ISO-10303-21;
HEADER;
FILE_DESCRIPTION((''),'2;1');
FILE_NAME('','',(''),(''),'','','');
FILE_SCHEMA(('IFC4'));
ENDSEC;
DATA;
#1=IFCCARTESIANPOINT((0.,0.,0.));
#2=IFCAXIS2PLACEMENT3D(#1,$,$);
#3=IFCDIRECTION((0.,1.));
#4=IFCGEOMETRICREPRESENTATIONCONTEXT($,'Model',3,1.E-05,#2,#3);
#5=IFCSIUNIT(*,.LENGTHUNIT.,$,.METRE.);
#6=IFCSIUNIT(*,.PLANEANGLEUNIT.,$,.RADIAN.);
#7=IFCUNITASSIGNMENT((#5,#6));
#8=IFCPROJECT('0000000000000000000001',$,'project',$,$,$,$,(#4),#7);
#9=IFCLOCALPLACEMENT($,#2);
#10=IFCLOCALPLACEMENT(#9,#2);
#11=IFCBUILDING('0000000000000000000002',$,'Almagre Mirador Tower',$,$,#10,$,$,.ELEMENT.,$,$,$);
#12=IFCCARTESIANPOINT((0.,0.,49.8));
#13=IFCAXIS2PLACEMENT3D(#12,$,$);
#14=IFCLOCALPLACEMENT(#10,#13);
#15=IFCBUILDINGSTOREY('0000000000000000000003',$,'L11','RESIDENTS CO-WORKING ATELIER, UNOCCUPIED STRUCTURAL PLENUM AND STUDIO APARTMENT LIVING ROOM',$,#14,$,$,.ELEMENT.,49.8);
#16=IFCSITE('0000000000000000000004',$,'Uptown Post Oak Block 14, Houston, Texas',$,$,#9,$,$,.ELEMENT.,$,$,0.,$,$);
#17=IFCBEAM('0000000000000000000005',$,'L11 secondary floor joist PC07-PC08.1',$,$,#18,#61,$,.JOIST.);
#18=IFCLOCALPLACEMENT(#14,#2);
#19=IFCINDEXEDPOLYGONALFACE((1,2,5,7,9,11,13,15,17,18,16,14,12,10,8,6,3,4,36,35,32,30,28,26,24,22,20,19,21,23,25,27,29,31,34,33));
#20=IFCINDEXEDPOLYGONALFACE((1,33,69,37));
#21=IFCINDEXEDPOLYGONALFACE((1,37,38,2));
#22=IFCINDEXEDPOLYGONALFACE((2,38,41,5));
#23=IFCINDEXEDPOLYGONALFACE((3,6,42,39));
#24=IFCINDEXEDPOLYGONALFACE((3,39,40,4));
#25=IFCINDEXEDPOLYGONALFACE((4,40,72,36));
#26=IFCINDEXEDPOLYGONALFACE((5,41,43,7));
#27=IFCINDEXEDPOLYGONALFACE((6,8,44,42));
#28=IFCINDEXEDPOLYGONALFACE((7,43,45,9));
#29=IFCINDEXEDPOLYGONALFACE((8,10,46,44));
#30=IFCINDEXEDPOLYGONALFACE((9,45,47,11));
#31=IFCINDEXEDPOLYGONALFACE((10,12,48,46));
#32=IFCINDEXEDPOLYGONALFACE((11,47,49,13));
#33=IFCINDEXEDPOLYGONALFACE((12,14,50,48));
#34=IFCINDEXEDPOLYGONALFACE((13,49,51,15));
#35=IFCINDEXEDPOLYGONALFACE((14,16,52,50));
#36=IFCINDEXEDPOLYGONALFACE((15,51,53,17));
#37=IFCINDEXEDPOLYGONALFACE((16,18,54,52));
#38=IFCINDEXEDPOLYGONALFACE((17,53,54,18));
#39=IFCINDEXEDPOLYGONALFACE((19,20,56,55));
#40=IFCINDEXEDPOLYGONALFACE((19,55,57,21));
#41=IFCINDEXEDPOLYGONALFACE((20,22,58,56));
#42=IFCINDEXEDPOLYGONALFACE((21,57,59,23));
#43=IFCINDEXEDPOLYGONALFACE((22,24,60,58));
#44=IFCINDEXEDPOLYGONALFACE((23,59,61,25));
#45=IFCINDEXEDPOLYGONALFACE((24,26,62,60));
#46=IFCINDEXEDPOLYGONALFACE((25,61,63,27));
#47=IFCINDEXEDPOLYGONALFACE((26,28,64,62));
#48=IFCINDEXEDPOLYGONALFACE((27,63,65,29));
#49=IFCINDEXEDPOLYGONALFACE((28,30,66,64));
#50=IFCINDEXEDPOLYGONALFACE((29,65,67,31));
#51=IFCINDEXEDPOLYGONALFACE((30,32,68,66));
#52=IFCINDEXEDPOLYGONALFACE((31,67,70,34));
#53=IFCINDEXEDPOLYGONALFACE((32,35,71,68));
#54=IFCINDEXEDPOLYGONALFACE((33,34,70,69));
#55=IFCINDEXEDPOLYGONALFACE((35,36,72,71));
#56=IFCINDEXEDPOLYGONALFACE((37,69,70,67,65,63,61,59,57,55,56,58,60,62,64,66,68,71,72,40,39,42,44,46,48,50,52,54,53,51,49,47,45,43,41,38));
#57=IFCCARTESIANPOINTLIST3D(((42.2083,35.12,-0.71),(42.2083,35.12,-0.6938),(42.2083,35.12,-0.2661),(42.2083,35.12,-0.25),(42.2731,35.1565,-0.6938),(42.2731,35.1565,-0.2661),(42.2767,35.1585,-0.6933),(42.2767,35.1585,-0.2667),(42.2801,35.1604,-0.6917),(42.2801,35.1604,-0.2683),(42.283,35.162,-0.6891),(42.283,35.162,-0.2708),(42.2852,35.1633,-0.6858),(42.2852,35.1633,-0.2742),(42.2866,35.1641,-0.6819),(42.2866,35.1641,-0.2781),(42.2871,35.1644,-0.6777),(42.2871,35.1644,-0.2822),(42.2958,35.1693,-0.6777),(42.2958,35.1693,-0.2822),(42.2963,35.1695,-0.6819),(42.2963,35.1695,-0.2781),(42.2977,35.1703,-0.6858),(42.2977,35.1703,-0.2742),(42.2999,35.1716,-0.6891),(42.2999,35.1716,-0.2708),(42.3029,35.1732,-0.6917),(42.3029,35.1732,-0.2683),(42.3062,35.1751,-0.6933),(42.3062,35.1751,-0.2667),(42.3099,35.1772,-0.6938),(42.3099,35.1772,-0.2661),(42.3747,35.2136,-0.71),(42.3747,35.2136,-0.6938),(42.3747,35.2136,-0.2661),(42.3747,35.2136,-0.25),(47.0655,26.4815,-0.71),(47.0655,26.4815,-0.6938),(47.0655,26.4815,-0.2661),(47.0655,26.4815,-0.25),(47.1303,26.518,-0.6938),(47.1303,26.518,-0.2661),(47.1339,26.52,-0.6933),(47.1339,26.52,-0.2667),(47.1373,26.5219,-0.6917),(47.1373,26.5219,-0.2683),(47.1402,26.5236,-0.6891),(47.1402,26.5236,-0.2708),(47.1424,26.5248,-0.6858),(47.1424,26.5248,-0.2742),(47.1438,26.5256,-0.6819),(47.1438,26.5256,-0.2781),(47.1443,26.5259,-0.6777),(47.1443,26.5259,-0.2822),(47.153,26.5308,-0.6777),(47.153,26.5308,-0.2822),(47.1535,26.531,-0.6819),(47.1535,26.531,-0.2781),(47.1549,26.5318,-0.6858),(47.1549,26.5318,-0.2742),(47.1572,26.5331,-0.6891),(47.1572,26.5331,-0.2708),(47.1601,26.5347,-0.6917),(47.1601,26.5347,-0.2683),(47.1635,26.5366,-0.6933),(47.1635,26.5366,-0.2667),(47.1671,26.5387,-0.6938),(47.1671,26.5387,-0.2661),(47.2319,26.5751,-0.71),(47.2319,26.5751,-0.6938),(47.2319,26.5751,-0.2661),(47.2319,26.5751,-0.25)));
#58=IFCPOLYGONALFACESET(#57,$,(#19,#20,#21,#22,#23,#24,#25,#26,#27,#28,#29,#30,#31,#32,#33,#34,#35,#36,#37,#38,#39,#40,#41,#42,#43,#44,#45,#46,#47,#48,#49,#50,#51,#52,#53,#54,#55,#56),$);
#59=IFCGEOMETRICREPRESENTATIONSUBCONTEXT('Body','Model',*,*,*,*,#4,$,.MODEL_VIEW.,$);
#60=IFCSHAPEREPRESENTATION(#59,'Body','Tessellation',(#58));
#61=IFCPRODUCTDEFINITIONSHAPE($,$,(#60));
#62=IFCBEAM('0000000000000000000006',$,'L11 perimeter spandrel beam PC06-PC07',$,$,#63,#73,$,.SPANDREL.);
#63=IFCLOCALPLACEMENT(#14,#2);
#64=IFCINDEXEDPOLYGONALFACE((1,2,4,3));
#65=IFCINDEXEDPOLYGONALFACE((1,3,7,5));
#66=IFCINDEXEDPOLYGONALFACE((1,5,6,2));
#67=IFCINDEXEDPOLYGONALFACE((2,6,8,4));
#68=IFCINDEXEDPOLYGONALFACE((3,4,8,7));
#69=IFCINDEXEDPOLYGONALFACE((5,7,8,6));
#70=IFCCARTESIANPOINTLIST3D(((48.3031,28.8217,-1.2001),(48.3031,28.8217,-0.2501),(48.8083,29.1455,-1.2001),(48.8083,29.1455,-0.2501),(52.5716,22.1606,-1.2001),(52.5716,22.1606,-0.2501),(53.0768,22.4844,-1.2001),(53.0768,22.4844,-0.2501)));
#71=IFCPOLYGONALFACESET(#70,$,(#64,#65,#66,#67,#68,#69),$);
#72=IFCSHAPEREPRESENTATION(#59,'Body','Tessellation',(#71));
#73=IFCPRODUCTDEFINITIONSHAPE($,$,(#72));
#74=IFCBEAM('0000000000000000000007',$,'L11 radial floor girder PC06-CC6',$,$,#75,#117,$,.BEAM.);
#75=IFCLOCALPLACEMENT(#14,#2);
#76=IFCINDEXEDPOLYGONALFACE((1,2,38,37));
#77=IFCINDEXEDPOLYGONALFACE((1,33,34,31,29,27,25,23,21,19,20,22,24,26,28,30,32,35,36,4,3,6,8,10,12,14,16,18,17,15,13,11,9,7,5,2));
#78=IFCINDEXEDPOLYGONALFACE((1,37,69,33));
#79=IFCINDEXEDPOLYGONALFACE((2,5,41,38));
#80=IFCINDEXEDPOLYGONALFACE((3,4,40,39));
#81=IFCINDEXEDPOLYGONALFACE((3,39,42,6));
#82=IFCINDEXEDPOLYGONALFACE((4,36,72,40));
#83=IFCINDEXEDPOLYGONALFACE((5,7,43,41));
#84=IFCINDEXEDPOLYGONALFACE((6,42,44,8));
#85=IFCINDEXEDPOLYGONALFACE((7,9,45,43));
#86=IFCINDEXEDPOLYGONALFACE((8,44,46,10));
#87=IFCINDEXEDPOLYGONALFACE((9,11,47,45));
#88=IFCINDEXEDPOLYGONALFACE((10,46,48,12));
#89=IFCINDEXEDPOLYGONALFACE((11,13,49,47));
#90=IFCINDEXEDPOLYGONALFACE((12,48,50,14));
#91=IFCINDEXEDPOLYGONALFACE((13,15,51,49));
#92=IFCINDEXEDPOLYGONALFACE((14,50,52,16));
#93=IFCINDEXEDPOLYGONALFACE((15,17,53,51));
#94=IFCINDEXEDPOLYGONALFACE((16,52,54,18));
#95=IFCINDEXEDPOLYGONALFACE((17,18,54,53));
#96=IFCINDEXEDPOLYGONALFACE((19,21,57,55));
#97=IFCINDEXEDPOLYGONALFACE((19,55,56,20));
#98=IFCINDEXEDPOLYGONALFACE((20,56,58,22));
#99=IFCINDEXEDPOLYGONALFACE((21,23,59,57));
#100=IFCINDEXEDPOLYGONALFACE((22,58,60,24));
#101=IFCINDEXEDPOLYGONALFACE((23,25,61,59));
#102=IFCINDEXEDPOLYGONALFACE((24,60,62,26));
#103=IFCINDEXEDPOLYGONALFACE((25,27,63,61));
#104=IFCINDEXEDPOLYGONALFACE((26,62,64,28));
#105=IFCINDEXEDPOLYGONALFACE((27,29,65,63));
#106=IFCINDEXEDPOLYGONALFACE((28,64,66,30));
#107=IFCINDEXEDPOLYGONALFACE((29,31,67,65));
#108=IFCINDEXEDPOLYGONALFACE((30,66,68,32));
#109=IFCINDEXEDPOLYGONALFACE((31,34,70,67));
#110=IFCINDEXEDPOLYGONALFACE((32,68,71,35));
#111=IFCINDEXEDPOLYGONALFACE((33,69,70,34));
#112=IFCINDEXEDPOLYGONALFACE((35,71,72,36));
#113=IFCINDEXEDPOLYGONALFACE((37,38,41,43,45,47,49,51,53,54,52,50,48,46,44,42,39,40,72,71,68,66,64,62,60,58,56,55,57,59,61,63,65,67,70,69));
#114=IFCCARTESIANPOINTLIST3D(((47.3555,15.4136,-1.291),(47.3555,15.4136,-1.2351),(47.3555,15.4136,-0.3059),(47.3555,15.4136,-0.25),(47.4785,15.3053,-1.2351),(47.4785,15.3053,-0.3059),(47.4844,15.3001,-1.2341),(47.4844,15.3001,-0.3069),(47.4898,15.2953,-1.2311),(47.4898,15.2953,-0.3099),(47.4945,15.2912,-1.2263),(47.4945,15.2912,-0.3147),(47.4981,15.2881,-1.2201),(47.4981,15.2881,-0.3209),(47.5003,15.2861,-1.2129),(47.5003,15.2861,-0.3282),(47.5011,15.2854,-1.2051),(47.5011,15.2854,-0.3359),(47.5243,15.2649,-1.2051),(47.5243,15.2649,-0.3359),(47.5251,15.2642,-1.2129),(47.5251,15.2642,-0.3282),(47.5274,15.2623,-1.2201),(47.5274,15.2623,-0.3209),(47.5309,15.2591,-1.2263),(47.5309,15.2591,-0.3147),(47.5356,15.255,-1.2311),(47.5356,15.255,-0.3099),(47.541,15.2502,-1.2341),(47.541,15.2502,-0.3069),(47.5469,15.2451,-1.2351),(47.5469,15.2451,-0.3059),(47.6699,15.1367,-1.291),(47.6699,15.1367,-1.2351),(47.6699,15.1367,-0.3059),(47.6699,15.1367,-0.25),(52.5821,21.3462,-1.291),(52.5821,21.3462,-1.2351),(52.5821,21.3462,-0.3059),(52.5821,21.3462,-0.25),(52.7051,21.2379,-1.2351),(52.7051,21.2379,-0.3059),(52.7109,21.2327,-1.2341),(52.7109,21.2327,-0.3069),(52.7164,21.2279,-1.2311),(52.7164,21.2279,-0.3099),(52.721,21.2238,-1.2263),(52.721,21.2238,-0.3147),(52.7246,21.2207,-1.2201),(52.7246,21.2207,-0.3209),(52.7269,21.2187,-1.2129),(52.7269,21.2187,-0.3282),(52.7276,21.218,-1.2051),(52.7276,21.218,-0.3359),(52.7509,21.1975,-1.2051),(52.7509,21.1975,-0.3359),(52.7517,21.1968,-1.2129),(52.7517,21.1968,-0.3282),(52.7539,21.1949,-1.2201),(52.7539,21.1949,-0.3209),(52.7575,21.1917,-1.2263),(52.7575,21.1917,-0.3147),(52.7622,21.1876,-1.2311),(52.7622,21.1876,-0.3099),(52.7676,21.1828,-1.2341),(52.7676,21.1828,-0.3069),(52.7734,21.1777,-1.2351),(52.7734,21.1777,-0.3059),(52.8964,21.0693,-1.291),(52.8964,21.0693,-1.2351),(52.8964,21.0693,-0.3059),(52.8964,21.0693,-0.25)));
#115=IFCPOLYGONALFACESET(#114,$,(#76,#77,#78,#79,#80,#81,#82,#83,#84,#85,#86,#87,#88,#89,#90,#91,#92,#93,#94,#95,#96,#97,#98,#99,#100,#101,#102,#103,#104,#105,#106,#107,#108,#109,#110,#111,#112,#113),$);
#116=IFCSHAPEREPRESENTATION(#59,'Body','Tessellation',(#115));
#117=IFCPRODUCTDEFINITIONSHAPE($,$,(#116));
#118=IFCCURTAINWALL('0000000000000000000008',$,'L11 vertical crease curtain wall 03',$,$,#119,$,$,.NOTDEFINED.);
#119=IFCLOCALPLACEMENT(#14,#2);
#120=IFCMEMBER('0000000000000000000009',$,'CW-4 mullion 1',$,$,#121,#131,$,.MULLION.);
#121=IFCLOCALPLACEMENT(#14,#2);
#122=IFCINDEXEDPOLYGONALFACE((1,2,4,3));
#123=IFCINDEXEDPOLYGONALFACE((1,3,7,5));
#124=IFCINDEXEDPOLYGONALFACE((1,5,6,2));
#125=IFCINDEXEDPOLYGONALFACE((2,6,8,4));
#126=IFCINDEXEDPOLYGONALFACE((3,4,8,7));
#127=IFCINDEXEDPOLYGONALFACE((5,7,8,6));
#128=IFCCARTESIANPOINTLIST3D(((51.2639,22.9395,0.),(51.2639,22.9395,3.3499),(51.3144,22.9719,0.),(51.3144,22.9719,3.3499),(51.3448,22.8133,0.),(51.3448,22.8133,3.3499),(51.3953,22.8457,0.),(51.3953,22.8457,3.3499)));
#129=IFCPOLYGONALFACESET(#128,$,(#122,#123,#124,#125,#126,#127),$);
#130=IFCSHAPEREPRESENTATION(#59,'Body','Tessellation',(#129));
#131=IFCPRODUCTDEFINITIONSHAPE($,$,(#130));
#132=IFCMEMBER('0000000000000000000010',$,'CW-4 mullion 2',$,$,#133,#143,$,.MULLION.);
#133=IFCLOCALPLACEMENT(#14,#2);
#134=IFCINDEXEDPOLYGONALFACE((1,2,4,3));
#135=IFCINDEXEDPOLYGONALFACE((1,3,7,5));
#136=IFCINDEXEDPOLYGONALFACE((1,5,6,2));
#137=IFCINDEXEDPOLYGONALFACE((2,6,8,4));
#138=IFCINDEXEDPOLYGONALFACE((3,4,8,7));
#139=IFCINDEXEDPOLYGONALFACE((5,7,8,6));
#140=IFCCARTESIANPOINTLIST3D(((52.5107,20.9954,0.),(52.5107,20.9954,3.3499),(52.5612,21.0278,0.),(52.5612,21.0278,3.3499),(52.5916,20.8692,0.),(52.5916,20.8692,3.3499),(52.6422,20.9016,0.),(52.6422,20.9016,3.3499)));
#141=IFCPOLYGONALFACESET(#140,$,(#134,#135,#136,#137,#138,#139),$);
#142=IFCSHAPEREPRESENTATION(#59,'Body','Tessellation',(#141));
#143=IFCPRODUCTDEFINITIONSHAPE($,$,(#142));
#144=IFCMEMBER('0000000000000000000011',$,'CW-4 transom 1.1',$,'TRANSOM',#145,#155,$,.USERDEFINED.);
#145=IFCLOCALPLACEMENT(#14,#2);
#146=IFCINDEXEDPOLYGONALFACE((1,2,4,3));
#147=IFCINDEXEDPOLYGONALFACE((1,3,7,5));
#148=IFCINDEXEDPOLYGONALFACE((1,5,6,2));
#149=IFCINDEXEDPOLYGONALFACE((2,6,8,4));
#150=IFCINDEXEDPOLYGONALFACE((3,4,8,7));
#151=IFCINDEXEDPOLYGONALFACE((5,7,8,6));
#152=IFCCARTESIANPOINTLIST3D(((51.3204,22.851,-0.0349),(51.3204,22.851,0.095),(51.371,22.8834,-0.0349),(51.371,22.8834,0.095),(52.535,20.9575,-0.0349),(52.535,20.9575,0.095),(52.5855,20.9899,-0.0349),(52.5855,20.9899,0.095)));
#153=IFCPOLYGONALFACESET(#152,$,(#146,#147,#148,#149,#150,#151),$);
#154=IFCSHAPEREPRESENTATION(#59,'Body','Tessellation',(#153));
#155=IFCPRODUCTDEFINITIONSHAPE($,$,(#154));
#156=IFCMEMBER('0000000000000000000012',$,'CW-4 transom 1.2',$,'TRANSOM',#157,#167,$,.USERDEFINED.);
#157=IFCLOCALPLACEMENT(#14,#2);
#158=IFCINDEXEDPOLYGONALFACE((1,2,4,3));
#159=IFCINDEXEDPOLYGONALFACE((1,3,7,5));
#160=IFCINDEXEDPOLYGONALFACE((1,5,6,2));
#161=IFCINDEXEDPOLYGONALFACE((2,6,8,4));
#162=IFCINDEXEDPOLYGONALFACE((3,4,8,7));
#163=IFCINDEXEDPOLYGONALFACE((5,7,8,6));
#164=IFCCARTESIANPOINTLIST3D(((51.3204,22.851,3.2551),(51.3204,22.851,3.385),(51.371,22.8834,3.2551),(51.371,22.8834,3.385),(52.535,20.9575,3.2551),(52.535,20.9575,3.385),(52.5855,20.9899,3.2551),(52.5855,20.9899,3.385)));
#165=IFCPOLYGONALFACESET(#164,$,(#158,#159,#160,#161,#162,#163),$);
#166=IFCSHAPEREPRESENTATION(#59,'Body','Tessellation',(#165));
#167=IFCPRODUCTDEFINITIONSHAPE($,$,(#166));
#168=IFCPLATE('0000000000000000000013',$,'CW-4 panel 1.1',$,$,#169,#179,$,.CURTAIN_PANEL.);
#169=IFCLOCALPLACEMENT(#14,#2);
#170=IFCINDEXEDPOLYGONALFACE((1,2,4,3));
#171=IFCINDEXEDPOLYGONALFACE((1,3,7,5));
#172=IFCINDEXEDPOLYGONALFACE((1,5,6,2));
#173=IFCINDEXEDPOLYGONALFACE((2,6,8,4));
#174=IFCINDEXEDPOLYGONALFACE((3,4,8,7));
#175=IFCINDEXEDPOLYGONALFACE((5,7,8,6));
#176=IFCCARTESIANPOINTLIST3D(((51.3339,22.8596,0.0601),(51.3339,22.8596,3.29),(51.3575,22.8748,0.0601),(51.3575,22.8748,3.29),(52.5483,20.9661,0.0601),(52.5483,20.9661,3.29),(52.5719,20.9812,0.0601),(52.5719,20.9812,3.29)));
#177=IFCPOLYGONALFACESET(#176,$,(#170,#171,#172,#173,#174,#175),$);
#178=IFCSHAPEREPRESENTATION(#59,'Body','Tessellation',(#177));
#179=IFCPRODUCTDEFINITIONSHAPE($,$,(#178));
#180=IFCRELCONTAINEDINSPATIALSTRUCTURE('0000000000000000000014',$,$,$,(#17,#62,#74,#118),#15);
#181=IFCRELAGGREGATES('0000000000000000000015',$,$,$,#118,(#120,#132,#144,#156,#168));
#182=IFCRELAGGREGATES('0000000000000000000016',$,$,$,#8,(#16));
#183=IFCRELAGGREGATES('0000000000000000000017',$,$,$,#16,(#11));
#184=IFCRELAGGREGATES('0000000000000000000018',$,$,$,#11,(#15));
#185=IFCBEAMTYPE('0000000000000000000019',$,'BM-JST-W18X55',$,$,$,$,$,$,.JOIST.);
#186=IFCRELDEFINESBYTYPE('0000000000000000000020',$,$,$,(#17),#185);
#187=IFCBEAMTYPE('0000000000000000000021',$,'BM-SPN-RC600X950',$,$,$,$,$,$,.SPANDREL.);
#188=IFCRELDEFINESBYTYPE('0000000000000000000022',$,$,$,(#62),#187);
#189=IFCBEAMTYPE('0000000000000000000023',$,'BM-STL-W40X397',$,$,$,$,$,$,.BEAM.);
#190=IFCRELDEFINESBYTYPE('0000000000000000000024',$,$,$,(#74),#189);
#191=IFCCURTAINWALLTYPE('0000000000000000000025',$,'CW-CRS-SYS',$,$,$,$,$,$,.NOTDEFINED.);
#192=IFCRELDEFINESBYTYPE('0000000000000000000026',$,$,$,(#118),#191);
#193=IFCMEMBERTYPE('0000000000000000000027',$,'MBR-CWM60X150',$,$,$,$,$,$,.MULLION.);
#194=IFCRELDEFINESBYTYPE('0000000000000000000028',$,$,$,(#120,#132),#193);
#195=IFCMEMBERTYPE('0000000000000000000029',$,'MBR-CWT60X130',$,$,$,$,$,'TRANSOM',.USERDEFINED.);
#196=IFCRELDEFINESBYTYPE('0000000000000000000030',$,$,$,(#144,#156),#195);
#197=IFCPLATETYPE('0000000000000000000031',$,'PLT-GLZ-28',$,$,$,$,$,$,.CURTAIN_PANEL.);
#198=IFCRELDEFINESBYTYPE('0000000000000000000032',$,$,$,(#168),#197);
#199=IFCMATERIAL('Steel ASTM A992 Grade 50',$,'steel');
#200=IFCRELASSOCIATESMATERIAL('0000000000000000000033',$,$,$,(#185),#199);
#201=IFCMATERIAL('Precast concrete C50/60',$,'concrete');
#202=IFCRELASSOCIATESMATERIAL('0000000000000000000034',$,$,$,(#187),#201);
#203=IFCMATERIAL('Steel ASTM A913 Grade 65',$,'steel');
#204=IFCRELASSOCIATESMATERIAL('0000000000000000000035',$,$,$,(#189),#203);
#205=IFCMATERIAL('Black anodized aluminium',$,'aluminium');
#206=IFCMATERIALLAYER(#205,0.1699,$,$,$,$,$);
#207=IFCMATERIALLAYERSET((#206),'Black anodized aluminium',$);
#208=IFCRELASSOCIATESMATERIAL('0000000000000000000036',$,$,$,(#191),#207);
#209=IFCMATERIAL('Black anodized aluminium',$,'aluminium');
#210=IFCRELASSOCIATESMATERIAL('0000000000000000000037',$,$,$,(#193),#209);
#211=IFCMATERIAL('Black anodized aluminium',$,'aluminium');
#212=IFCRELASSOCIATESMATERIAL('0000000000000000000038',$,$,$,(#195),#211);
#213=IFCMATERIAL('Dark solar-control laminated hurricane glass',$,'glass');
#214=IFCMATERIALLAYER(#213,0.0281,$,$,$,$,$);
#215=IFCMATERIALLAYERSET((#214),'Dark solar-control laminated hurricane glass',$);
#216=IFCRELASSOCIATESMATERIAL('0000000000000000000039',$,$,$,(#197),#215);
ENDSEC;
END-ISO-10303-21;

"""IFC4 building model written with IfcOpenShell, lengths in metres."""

from ifc_helpers import new_model, si_unit, direction, frame, origin, origin_2d, place, context, subcontext, project, spatial, rectangle, i_section, extrude, material, layer, layer_set, material_profile, profile_set, type_object, element, aggregate, save


model = new_model("IFC4")

# Units and contexts
model_context = context("Model", 3, precision=1e-05, world=origin(), true_north=direction((0.0, 1.0)))
body_context = subcontext(model_context, "Body", "Model", "MODEL_VIEW")
ifc_project = project(units=[si_unit("LENGTHUNIT", "METRE"), si_unit("PLANEANGLEUNIT", "RADIAN")], contexts=[model_context])

# Site, building, storey
site_placement = place(None, origin())
site = spatial("IfcSite", under=ifc_project, at=site_placement, Name="Uptown Post Oak Block 14, Houston, Texas", CompositionType="ELEMENT", RefElevation=0.0)
building_placement = place(site_placement, origin())
building = spatial("IfcBuilding", under=site, at=building_placement, Name="Almagre Mirador Tower", CompositionType="ELEMENT")
storey_placement = place(building_placement, frame((0.0, 0.0, 49.8)))
storey = spatial("IfcBuildingStorey", under=building, at=storey_placement, Name="L11", Description="RESIDENTS CO-WORKING ATELIER, UNOCCUPIED STRUCTURAL PLENUM AND STUDIO APARTMENT LIVING ROOM", CompositionType="ELEMENT", Elevation=49.8)

# Beams
ifc_material_1 = material(Name="Steel ASTM A992 Grade 50", Category="steel")
ifc_material_profile_1 = material_profile(ifc_material_1, i_section(OverallWidth=0.1909, OverallDepth=0.46, WebThickness=0.01, FlangeThickness=0.0161, FilletRadius=0.0161, at=origin_2d()), Name="W18X55")
ifc_profile_set_1 = profile_set([ifc_material_profile_1], Name="Steel ASTM A992 Grade 50")
beam_type_1 = type_object("IfcBeamType", Name="BM-JST-W18X55", PredefinedType="JOIST", material=ifc_profile_set_1)
beam_1_placement = place(storey_placement, frame((47.1487, 26.5283, -0.48), z_axis=(-0.490113, 0.871659, 0.0), x_axis=(-0.871659, -0.490113, 0.0)))
element("IfcBeam", 1, at=beam_1_placement, inside=storey, type_object=beam_type_1, Name="L11 secondary floor joist PC07-PC08.1", PredefinedType="JOIST", context=body_context, shape_type="SweptSolid", body=[
    extrude(i_section(OverallWidth=0.1909, OverallDepth=0.46, WebThickness=0.01, FlangeThickness=0.0161, FilletRadius=0.0161, at=origin_2d()), origin(), (0.0, 0.0, 1.0), 9.9104),
])
ifc_material_2 = material(Name="Precast concrete C50/60", Category="concrete")
ifc_material_profile_2 = material_profile(ifc_material_2, rectangle(XDim=0.6001, YDim=0.95, at=origin_2d()), Name="RC600X950")
ifc_profile_set_2 = profile_set([ifc_material_profile_2], Name="Precast concrete C50/60")
beam_type_2 = type_object("IfcBeamType", Name="BM-SPN-RC600X950", PredefinedType="SPANDREL", material=ifc_profile_set_2)
beam_2_placement = place(storey_placement, frame((52.8242, 22.3225, -0.7251), z_axis=(-0.53954, 0.84196, 0.0), x_axis=(-0.84196, -0.53954, 0.0)))
element("IfcBeam", 2, at=beam_2_placement, inside=storey, type_object=beam_type_2, Name="L11 perimeter spandrel beam PC06-PC07", PredefinedType="SPANDREL", context=body_context, shape_type="SweptSolid", body=[
    extrude(rectangle(XDim=0.6001, YDim=0.95, at=origin_2d()), origin(), (0.0, 0.0, 1.0), 7.9114),
])
ifc_material_3 = material(Name="Steel ASTM A913 Grade 65", Category="steel")
ifc_material_profile_3 = material_profile(ifc_material_3, i_section(OverallWidth=0.4189, OverallDepth=1.041, WebThickness=0.031, FlangeThickness=0.0559, FilletRadius=0.03, at=origin_2d()), Name="W40X397")
ifc_profile_set_3 = profile_set([ifc_material_profile_3], Name="Steel ASTM A913 Grade 65")
beam_type_3 = type_object("IfcBeamType", Name="BM-STL-W40X397", PredefinedType="BEAM", material=ifc_profile_set_3)
beam_3_placement = place(storey_placement, frame((52.7393, 21.2078, -0.7705), z_axis=(-0.661045, -0.750346, 0.0), x_axis=(0.750346, -0.661045, 0.0)))
element("IfcBeam", 3, at=beam_3_placement, inside=storey, type_object=beam_type_3, Name="L11 radial floor girder PC06-CC6", PredefinedType="BEAM", context=body_context, shape_type="SweptSolid", body=[
    extrude(i_section(OverallWidth=0.4189, OverallDepth=1.041, WebThickness=0.031, FlangeThickness=0.0559, FilletRadius=0.03, at=origin_2d()), origin(), (0.0, 0.0, 1.0), 7.9065),
])

# Curtain wall, members, plate
ifc_material_4 = material(Name="Black anodized aluminium", Category="aluminium")
ifc_layer_1 = layer(ifc_material_4, 0.1699)
ifc_layer_set_1 = layer_set([ifc_layer_1], Name="Black anodized aluminium")
curtain_wall_type = type_object("IfcCurtainWallType", Name="CW-CRS-SYS", PredefinedType="NOTDEFINED", material=ifc_layer_set_1)
curtain_wall_placement = place(storey_placement, origin())
curtain_wall = element("IfcCurtainWall", 4, at=curtain_wall_placement, inside=storey, type_object=curtain_wall_type, Name="L11 vertical crease curtain wall 03", PredefinedType="NOTDEFINED")
ifc_material_5 = material(Name="Black anodized aluminium", Category="aluminium")
ifc_material_profile_4 = material_profile(ifc_material_5, rectangle(XDim=0.0601, YDim=0.1499, at=origin_2d()), Name="CWM60X150")
ifc_profile_set_4 = profile_set([ifc_material_profile_4], Name="Black anodized aluminium")
member_type_1 = type_object("IfcMemberType", Name="MBR-CWM60X150", PredefinedType="MULLION", material=ifc_profile_set_4)
member_1_placement = place(storey_placement, frame((51.3296, 22.8926, 0.0), z_axis=(0.0, 0.0, 1.0), x_axis=(0.841762, 0.539849, 0.0)))
member_1 = element("IfcMember", 5, at=member_1_placement, type_object=member_type_1, Name="CW-4 mullion 1", PredefinedType="MULLION", context=body_context, shape_type="SweptSolid", body=[
    extrude(rectangle(XDim=0.0601, YDim=0.1499, at=origin_2d()), origin(), (0.0, 0.0, 1.0), 3.3499),
])
member_2_placement = place(storey_placement, frame((52.5764, 20.9485, 0.0), z_axis=(0.0, 0.0, 1.0), x_axis=(0.841762, 0.539849, 0.0)))
member_2 = element("IfcMember", 6, at=member_2_placement, type_object=member_type_1, Name="CW-4 mullion 2", PredefinedType="MULLION", context=body_context, shape_type="SweptSolid", body=[
    extrude(rectangle(XDim=0.0601, YDim=0.1499, at=origin_2d()), origin(), (0.0, 0.0, 1.0), 3.3499),
])
ifc_material_6 = material(Name="Black anodized aluminium", Category="aluminium")
ifc_material_profile_5 = material_profile(ifc_material_6, rectangle(XDim=0.0601, YDim=0.1299, at=origin_2d()), Name="CWT60X130")
ifc_profile_set_5 = profile_set([ifc_material_profile_5], Name="Black anodized aluminium")
member_type_2 = type_object("IfcMemberType", Name="MBR-CWT60X130", ElementType="TRANSOM", PredefinedType="USERDEFINED", material=ifc_profile_set_5)
member_3_placement = place(storey_placement, frame((51.3457, 22.8672, 0.03), z_axis=(0.539913, -0.841721, 0.0), x_axis=(0.841721, 0.539913, 0.0)))
member_3 = element("IfcMember", 7, at=member_3_placement, type_object=member_type_2, Name="CW-4 transom 1.1", ObjectType="TRANSOM", PredefinedType="USERDEFINED", context=body_context, shape_type="SweptSolid", body=[
    extrude(rectangle(XDim=0.0601, YDim=0.1299, at=origin_2d()), origin(), (0.0, 0.0, 1.0), 2.2495),
])
member_4_placement = place(storey_placement, frame((51.3457, 22.8672, 3.3201), z_axis=(0.539913, -0.841721, 0.0), x_axis=(0.841721, 0.539913, 0.0)))
member_4 = element("IfcMember", 8, at=member_4_placement, type_object=member_type_2, Name="CW-4 transom 1.2", ObjectType="TRANSOM", PredefinedType="USERDEFINED", context=body_context, shape_type="SweptSolid", body=[
    extrude(rectangle(XDim=0.0601, YDim=0.1299, at=origin_2d()), origin(), (0.0, 0.0, 1.0), 2.2495),
])
ifc_material_7 = material(Name="Dark solar-control laminated hurricane glass", Category="glass")
ifc_layer_2 = layer(ifc_material_7, 0.0281)
ifc_layer_set_2 = layer_set([ifc_layer_2], Name="Dark solar-control laminated hurricane glass")
plate_type = type_object("IfcPlateType", Name="PLT-GLZ-28", PredefinedType="CURTAIN_PANEL", material=ifc_layer_set_2)
plate_placement = place(storey_placement, frame((51.9529, 21.9204, 0.0601), z_axis=(0.0, 0.0, 1.0), x_axis=(0.539849, -0.841762, 0.0)))
plate = element("IfcPlate", 9, at=plate_placement, type_object=plate_type, Name="CW-4 panel 1.1", PredefinedType="CURTAIN_PANEL", context=body_context, shape_type="SweptSolid", body=[
    extrude(rectangle(XDim=2.2495, YDim=0.0281, at=origin_2d()), origin(), (0.0, 0.0, 1.0), 3.23),
])
aggregate(curtain_wall, [member_1, member_2, member_3, member_4, plate])

save(model, "model.ifc")
